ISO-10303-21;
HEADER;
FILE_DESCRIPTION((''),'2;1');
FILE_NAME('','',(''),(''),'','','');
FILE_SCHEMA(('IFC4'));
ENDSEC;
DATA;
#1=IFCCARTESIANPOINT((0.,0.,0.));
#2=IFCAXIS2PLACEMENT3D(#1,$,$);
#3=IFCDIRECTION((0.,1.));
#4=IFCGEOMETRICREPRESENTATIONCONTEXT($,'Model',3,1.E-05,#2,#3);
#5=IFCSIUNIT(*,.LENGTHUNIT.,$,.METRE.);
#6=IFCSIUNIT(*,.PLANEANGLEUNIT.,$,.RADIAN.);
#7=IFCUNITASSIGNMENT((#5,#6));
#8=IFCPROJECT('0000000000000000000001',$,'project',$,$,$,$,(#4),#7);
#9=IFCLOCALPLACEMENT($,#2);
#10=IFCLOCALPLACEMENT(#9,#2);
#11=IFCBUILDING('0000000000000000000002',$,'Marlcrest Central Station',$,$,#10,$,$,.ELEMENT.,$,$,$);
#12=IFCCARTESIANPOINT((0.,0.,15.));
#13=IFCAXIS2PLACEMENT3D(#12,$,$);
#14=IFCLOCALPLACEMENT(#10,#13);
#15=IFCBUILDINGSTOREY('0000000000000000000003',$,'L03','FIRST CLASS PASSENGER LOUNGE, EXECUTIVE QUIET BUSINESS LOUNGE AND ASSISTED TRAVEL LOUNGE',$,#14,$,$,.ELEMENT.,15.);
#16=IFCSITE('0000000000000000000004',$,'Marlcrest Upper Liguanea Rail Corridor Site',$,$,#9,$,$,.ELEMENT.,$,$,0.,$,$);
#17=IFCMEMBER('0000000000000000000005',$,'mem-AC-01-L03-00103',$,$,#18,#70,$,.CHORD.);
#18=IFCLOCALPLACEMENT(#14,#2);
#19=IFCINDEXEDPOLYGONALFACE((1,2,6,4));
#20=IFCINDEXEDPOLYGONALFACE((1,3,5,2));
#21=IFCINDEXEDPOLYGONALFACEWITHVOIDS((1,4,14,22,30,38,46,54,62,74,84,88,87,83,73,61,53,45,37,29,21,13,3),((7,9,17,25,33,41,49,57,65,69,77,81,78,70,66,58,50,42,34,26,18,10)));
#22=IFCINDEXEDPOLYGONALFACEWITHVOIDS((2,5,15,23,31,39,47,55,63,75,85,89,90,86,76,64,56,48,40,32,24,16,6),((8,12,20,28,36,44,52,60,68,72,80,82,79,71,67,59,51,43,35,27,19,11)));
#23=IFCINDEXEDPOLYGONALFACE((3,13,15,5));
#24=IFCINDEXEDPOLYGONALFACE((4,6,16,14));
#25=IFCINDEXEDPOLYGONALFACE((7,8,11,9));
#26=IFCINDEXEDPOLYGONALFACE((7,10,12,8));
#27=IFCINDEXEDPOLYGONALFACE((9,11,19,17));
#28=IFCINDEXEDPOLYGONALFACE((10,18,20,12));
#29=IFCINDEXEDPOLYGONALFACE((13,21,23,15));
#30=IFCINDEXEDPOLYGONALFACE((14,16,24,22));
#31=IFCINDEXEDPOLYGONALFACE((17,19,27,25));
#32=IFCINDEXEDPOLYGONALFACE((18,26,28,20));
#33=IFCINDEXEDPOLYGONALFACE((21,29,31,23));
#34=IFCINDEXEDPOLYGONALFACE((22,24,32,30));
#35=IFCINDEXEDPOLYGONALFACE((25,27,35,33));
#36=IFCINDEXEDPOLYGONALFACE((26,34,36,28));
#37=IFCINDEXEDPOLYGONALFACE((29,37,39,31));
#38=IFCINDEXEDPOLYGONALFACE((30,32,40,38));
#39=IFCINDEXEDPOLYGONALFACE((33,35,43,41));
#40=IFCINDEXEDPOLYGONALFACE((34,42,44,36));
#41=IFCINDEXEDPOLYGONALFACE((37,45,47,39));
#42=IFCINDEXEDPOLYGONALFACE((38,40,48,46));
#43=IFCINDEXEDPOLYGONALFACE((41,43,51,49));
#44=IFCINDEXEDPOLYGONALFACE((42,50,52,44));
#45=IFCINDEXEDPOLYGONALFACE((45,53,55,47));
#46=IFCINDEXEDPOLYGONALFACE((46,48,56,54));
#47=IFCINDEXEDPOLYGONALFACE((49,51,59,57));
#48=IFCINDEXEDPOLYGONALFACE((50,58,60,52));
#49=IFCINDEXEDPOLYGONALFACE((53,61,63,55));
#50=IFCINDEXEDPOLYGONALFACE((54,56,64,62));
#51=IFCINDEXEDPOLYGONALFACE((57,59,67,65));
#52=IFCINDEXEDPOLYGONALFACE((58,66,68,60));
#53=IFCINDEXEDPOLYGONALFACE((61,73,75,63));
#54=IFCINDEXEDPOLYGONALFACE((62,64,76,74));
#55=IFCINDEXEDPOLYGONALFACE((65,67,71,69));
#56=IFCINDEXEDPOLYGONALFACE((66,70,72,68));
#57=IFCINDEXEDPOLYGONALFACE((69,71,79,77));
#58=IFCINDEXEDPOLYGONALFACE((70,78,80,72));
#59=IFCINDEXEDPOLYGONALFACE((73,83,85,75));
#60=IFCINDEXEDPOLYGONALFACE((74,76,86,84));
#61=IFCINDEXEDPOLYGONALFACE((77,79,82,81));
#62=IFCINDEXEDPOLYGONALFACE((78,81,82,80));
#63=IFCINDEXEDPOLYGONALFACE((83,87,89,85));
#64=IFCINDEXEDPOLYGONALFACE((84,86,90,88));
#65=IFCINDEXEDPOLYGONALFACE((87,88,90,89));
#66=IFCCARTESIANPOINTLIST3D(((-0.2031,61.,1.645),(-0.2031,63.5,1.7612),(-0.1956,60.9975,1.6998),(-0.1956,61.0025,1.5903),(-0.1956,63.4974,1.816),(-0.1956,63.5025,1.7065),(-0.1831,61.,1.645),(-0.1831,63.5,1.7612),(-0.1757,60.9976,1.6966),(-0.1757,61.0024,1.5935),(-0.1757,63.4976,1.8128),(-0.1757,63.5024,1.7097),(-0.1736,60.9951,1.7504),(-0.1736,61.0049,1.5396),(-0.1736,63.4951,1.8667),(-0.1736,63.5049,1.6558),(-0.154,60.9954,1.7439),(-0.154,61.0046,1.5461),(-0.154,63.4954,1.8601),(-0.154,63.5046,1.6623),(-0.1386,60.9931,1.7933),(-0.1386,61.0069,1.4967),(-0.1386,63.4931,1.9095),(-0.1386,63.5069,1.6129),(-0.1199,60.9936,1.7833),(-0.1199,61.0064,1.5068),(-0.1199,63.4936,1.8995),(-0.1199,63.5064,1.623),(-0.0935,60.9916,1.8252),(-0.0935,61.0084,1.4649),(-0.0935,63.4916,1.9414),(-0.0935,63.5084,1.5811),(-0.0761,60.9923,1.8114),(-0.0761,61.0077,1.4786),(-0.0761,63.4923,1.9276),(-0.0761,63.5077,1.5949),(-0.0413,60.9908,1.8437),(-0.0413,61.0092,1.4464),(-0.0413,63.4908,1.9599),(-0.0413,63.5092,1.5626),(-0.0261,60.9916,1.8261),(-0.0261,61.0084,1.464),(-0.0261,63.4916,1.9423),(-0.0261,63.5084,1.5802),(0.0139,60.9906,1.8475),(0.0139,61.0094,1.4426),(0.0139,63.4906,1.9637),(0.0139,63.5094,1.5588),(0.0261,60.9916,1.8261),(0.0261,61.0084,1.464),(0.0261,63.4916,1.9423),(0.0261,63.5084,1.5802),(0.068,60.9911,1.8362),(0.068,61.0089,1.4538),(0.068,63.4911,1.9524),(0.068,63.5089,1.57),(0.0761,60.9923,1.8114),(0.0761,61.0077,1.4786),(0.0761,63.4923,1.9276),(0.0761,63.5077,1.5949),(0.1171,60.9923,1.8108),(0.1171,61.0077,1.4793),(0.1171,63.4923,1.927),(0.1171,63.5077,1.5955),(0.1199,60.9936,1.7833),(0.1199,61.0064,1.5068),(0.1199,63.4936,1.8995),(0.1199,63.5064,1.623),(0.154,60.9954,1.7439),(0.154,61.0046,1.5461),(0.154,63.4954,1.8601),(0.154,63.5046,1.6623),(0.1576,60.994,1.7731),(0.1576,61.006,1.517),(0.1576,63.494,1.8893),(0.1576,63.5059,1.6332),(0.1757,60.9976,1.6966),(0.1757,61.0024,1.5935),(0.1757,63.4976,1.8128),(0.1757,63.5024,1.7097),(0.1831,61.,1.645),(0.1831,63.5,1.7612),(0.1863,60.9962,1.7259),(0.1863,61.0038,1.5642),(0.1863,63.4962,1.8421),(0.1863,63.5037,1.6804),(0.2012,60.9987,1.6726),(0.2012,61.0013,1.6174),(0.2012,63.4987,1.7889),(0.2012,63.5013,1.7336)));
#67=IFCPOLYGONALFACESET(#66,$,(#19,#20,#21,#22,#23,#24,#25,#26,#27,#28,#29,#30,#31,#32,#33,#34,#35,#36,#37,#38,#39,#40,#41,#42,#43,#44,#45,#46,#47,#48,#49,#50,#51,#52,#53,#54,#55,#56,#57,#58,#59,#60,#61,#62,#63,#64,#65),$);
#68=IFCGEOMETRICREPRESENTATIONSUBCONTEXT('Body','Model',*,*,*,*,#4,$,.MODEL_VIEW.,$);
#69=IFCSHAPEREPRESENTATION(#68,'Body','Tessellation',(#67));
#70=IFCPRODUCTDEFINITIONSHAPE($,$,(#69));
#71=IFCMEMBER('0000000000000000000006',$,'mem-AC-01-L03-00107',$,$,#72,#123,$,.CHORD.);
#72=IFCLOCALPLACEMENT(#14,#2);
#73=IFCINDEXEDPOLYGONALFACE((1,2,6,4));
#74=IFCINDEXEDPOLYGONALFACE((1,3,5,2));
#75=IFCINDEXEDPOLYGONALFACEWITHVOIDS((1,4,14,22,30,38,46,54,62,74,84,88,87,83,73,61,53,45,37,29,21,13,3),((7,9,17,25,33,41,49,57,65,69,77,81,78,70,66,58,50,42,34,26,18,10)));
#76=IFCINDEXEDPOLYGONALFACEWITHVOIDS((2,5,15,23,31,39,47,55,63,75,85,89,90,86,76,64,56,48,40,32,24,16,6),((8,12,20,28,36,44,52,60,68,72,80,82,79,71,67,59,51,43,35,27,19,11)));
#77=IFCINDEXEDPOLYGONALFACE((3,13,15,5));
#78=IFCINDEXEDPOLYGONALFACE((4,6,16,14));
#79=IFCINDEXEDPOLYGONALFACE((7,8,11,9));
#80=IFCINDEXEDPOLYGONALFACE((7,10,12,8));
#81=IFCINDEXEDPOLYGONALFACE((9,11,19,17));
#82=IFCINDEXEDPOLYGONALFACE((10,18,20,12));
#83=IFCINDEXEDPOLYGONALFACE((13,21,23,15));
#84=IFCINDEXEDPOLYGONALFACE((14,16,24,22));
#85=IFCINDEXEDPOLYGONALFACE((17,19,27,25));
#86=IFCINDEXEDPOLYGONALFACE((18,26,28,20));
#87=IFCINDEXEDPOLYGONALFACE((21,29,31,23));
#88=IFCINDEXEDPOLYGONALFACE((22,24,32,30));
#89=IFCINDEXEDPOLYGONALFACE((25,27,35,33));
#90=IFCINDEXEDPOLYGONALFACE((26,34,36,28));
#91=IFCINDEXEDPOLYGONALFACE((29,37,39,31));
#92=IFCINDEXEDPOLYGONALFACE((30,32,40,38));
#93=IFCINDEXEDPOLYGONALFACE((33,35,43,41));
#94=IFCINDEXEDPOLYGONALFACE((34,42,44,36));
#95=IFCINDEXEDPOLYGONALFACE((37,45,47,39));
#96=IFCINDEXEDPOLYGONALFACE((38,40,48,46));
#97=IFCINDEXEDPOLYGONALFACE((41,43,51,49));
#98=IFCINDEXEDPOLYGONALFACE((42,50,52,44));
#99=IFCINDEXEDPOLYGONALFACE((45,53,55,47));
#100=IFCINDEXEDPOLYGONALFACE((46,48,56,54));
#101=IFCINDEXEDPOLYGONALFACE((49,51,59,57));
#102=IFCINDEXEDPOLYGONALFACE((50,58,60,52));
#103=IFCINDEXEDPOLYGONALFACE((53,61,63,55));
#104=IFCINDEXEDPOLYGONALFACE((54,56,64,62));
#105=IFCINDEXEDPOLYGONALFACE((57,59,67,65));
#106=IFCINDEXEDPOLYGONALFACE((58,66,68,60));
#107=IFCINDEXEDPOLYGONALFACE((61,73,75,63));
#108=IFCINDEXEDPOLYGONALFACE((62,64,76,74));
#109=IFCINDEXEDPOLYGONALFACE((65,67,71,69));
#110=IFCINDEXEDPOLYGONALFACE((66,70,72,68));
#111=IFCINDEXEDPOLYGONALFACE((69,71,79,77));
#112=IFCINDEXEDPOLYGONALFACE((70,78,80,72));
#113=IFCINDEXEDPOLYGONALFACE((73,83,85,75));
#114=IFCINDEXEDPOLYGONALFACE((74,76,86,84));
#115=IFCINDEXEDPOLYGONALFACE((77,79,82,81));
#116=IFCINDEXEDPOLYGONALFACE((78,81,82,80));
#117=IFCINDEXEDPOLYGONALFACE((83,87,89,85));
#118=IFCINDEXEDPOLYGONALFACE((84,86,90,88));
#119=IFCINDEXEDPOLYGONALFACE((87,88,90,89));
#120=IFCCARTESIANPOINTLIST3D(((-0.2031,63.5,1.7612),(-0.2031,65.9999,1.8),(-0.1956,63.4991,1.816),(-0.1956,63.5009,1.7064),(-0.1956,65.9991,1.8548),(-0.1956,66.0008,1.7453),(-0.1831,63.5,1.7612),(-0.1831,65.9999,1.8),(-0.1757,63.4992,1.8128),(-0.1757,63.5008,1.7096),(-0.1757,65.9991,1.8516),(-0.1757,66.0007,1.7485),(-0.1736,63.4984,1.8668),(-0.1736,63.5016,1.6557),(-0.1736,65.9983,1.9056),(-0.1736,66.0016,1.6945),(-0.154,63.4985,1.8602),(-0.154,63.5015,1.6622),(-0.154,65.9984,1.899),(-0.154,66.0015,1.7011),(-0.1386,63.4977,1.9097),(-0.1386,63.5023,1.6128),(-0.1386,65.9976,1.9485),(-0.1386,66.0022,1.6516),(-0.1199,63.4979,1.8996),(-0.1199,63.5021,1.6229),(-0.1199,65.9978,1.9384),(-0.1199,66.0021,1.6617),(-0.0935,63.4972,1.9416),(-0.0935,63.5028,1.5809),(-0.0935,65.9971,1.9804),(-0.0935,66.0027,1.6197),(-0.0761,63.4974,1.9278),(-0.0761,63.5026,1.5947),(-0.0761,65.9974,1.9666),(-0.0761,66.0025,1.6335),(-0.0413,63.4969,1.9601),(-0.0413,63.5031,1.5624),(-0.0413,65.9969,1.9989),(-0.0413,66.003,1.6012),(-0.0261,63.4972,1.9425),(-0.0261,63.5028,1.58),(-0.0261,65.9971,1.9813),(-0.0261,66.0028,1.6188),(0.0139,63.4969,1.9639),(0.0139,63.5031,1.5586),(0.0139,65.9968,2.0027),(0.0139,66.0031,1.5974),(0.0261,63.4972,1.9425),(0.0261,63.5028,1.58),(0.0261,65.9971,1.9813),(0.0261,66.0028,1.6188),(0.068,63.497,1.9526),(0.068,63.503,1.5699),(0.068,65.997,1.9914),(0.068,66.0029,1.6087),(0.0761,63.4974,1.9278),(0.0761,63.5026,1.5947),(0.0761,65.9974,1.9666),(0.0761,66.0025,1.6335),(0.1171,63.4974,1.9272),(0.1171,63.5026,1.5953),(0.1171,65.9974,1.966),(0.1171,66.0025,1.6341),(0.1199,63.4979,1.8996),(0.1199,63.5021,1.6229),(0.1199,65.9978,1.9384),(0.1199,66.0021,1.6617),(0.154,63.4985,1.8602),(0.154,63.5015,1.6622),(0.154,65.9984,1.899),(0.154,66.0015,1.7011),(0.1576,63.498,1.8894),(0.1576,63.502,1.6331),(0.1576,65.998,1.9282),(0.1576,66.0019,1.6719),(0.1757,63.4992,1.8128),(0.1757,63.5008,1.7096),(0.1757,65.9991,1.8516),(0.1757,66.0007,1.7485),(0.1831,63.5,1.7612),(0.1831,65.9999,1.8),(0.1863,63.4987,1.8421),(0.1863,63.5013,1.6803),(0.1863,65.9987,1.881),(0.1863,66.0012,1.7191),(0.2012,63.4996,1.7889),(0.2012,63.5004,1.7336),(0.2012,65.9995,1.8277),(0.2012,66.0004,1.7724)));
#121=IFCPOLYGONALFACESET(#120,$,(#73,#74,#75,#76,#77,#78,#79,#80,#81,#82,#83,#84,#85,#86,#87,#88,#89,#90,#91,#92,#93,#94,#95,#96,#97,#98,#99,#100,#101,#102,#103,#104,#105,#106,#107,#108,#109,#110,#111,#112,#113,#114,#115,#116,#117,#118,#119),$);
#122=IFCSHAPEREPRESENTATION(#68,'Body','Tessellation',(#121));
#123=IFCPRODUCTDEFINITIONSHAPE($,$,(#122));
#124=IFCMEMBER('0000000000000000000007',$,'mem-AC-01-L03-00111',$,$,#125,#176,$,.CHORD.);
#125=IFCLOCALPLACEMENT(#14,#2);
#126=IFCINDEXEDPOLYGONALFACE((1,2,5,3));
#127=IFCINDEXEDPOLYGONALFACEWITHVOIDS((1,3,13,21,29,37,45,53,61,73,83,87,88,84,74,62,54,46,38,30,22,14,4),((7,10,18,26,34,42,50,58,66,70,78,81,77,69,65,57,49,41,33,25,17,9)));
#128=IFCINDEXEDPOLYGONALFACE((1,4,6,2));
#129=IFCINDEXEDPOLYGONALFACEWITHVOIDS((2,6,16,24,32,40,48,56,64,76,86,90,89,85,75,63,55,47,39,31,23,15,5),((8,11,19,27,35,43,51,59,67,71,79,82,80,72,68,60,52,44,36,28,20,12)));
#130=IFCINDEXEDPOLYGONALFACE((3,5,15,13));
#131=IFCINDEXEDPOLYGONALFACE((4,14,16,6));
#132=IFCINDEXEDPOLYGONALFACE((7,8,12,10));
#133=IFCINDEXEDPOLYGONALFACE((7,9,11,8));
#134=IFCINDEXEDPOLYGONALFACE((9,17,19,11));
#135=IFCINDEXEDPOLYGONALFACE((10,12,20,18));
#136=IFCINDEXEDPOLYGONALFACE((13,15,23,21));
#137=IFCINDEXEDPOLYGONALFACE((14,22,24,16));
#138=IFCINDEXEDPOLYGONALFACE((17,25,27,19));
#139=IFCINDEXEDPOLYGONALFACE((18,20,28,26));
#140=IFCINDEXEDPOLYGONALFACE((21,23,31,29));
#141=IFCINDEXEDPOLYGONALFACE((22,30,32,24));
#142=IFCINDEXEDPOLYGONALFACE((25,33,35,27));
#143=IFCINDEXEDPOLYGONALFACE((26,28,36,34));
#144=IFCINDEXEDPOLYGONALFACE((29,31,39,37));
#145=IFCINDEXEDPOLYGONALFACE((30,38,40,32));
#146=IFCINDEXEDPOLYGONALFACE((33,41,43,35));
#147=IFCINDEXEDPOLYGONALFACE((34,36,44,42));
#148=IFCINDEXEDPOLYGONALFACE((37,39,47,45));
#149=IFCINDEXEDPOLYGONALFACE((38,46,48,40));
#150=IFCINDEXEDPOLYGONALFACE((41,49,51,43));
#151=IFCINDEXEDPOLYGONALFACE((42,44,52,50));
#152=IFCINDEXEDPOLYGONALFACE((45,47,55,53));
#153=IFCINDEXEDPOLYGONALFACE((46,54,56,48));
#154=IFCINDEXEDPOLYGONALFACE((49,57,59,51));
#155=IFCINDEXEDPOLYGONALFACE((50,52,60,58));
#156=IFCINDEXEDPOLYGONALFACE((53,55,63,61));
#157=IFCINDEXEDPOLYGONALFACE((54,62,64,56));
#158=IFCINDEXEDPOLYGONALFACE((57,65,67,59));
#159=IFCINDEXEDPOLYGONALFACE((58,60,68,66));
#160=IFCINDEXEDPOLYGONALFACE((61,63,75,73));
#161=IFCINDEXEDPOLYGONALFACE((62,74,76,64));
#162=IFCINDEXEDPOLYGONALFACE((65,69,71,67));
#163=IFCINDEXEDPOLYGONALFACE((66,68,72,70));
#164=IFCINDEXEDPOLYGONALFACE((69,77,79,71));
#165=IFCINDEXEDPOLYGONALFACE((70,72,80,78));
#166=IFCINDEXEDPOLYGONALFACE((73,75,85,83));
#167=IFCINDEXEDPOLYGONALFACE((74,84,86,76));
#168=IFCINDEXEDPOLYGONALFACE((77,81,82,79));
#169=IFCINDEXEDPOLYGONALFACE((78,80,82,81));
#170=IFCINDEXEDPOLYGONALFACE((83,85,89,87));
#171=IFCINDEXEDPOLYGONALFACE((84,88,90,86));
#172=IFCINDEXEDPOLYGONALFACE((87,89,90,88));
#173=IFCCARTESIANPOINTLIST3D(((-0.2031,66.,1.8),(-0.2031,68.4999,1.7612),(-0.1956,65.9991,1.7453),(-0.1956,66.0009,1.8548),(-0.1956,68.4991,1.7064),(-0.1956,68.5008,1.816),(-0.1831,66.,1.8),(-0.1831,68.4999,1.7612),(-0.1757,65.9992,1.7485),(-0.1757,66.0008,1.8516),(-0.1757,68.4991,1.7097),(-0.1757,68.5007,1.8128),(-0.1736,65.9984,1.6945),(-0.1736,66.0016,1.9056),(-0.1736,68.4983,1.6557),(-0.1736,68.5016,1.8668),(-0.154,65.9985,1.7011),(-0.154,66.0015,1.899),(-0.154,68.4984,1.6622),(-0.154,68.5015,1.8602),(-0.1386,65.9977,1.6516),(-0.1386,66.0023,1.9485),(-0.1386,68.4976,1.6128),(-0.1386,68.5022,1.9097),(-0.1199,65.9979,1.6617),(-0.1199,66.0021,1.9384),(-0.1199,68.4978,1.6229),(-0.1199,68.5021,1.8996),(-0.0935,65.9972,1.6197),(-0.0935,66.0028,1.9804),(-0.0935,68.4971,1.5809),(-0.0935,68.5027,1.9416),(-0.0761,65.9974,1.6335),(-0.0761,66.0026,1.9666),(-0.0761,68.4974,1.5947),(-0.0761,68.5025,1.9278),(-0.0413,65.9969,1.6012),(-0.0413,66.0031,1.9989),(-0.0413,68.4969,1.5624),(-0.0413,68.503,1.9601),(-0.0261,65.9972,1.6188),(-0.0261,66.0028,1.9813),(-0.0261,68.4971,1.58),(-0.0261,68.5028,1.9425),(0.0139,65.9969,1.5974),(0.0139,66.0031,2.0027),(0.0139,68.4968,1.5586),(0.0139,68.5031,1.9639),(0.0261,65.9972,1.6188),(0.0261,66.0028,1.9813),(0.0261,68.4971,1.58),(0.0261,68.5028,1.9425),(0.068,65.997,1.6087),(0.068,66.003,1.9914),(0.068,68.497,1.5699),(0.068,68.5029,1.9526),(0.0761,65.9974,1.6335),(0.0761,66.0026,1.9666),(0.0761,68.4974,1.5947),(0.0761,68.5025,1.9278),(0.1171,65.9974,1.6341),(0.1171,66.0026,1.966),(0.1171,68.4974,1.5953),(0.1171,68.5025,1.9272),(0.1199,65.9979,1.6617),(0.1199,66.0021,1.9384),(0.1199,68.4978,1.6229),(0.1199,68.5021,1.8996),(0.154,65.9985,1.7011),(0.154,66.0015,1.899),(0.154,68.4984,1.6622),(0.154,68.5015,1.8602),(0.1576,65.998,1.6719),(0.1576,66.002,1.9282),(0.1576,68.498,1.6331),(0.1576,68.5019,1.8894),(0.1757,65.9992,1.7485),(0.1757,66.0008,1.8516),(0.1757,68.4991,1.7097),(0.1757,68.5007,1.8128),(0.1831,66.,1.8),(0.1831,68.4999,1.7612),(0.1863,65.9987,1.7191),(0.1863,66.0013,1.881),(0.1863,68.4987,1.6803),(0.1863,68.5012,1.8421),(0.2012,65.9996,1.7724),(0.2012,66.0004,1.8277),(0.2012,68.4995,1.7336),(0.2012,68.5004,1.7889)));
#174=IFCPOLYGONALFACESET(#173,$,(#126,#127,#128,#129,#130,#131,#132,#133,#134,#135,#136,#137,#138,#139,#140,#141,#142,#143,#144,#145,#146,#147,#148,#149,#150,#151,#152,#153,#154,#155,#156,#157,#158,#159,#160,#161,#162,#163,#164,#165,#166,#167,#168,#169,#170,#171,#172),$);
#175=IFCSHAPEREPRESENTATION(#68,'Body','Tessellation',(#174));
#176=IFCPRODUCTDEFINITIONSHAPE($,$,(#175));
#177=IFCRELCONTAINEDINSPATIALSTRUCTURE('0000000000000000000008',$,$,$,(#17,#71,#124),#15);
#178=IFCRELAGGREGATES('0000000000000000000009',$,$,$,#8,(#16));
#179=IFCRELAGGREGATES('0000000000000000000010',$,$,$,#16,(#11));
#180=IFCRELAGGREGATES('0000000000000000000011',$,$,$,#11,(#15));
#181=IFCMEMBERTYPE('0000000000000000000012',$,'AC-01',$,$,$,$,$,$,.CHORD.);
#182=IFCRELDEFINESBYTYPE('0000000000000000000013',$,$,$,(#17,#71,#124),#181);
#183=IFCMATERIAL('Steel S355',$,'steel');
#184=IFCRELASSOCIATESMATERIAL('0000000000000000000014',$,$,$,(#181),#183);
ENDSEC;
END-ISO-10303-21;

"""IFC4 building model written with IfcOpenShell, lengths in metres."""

from ifc_helpers import new_model, si_unit, direction, frame, origin, origin_2d, place, context, subcontext, project, spatial, hollow_circle, extrude, material, material_profile, profile_set, type_object, element, save


model = new_model("IFC4")

# Units and contexts
model_context = context("Model", 3, precision=1e-05, world=origin(), true_north=direction((0.0, 1.0)))
body_context = subcontext(model_context, "Body", "Model", "MODEL_VIEW")
ifc_project = project(units=[si_unit("LENGTHUNIT", "METRE"), si_unit("PLANEANGLEUNIT", "RADIAN")], contexts=[model_context])

# Site, building, storey
site_placement = place(None, origin())
site = spatial("IfcSite", under=ifc_project, at=site_placement, Name="Marlcrest Upper Liguanea Rail Corridor Site", CompositionType="ELEMENT", RefElevation=0.0)
building_placement = place(site_placement, origin())
building = spatial("IfcBuilding", under=site, at=building_placement, Name="Marlcrest Central Station", CompositionType="ELEMENT")
storey_placement = place(building_placement, frame((0.0, 0.0, 15.0)))
storey = spatial("IfcBuildingStorey", under=building, at=storey_placement, Name="L03", Description="FIRST CLASS PASSENGER LOUNGE, EXECUTIVE QUIET BUSINESS LOUNGE AND ASSISTED TRAVEL LOUNGE", CompositionType="ELEMENT", Elevation=15.0)

# Members
ifc_material_1 = material(Name="Steel S355", Category="steel")
ifc_material_profile_1 = material_profile(ifc_material_1, hollow_circle(Radius=0.2031, WallThickness=0.02, at=origin_2d()), Name="CHS 406.4x20")
ifc_profile_set_1 = profile_set([ifc_material_profile_1], Name="Steel S355")
member_type_1 = type_object("IfcMemberType", Name="AC-01", PredefinedType="CHORD", material=ifc_profile_set_1)
member_1_placement = place(storey_placement, frame((0.0, 61.0, 1.645), z_axis=(0.0, 0.998921, 0.046434), x_axis=(-1.0, 0.0, 0.0)))
element("IfcMember", 1, at=member_1_placement, inside=storey, type_object=member_type_1, Name="mem-AC-01-L03-00103", PredefinedType="CHORD", context=body_context, shape_type="SweptSolid", body=[
    extrude(hollow_circle(Radius=0.2031, WallThickness=0.02, at=origin_2d()), origin(), (0.0, 0.0, 1.0), 2.5027),
])
for number, where, z_axis, x_axis, name in (
    (2, (0.0, 63.5, 1.7612), (0.0, 0.999879, 0.015525), (-1.0, 0.0, 0.0), "mem-AC-01-L03-00107"),
    (3, (0.0, 66.0, 1.8), (0.0, 0.999879, -0.015525), (-1.0, 0.0, 0.0), "mem-AC-01-L03-00111"),
):
    element("IfcMember", number, at=place(storey_placement, frame(where, z_axis=z_axis, x_axis=x_axis)), inside=storey, type_object=member_type_1, Name=name, PredefinedType="CHORD", context=body_context, shape_type="SweptSolid", body=[
        extrude(hollow_circle(Radius=0.2031, WallThickness=0.02, at=origin_2d()), origin(), (0.0, 0.0, 1.0), 2.5002),
    ])

save(model, "model.ifc")
